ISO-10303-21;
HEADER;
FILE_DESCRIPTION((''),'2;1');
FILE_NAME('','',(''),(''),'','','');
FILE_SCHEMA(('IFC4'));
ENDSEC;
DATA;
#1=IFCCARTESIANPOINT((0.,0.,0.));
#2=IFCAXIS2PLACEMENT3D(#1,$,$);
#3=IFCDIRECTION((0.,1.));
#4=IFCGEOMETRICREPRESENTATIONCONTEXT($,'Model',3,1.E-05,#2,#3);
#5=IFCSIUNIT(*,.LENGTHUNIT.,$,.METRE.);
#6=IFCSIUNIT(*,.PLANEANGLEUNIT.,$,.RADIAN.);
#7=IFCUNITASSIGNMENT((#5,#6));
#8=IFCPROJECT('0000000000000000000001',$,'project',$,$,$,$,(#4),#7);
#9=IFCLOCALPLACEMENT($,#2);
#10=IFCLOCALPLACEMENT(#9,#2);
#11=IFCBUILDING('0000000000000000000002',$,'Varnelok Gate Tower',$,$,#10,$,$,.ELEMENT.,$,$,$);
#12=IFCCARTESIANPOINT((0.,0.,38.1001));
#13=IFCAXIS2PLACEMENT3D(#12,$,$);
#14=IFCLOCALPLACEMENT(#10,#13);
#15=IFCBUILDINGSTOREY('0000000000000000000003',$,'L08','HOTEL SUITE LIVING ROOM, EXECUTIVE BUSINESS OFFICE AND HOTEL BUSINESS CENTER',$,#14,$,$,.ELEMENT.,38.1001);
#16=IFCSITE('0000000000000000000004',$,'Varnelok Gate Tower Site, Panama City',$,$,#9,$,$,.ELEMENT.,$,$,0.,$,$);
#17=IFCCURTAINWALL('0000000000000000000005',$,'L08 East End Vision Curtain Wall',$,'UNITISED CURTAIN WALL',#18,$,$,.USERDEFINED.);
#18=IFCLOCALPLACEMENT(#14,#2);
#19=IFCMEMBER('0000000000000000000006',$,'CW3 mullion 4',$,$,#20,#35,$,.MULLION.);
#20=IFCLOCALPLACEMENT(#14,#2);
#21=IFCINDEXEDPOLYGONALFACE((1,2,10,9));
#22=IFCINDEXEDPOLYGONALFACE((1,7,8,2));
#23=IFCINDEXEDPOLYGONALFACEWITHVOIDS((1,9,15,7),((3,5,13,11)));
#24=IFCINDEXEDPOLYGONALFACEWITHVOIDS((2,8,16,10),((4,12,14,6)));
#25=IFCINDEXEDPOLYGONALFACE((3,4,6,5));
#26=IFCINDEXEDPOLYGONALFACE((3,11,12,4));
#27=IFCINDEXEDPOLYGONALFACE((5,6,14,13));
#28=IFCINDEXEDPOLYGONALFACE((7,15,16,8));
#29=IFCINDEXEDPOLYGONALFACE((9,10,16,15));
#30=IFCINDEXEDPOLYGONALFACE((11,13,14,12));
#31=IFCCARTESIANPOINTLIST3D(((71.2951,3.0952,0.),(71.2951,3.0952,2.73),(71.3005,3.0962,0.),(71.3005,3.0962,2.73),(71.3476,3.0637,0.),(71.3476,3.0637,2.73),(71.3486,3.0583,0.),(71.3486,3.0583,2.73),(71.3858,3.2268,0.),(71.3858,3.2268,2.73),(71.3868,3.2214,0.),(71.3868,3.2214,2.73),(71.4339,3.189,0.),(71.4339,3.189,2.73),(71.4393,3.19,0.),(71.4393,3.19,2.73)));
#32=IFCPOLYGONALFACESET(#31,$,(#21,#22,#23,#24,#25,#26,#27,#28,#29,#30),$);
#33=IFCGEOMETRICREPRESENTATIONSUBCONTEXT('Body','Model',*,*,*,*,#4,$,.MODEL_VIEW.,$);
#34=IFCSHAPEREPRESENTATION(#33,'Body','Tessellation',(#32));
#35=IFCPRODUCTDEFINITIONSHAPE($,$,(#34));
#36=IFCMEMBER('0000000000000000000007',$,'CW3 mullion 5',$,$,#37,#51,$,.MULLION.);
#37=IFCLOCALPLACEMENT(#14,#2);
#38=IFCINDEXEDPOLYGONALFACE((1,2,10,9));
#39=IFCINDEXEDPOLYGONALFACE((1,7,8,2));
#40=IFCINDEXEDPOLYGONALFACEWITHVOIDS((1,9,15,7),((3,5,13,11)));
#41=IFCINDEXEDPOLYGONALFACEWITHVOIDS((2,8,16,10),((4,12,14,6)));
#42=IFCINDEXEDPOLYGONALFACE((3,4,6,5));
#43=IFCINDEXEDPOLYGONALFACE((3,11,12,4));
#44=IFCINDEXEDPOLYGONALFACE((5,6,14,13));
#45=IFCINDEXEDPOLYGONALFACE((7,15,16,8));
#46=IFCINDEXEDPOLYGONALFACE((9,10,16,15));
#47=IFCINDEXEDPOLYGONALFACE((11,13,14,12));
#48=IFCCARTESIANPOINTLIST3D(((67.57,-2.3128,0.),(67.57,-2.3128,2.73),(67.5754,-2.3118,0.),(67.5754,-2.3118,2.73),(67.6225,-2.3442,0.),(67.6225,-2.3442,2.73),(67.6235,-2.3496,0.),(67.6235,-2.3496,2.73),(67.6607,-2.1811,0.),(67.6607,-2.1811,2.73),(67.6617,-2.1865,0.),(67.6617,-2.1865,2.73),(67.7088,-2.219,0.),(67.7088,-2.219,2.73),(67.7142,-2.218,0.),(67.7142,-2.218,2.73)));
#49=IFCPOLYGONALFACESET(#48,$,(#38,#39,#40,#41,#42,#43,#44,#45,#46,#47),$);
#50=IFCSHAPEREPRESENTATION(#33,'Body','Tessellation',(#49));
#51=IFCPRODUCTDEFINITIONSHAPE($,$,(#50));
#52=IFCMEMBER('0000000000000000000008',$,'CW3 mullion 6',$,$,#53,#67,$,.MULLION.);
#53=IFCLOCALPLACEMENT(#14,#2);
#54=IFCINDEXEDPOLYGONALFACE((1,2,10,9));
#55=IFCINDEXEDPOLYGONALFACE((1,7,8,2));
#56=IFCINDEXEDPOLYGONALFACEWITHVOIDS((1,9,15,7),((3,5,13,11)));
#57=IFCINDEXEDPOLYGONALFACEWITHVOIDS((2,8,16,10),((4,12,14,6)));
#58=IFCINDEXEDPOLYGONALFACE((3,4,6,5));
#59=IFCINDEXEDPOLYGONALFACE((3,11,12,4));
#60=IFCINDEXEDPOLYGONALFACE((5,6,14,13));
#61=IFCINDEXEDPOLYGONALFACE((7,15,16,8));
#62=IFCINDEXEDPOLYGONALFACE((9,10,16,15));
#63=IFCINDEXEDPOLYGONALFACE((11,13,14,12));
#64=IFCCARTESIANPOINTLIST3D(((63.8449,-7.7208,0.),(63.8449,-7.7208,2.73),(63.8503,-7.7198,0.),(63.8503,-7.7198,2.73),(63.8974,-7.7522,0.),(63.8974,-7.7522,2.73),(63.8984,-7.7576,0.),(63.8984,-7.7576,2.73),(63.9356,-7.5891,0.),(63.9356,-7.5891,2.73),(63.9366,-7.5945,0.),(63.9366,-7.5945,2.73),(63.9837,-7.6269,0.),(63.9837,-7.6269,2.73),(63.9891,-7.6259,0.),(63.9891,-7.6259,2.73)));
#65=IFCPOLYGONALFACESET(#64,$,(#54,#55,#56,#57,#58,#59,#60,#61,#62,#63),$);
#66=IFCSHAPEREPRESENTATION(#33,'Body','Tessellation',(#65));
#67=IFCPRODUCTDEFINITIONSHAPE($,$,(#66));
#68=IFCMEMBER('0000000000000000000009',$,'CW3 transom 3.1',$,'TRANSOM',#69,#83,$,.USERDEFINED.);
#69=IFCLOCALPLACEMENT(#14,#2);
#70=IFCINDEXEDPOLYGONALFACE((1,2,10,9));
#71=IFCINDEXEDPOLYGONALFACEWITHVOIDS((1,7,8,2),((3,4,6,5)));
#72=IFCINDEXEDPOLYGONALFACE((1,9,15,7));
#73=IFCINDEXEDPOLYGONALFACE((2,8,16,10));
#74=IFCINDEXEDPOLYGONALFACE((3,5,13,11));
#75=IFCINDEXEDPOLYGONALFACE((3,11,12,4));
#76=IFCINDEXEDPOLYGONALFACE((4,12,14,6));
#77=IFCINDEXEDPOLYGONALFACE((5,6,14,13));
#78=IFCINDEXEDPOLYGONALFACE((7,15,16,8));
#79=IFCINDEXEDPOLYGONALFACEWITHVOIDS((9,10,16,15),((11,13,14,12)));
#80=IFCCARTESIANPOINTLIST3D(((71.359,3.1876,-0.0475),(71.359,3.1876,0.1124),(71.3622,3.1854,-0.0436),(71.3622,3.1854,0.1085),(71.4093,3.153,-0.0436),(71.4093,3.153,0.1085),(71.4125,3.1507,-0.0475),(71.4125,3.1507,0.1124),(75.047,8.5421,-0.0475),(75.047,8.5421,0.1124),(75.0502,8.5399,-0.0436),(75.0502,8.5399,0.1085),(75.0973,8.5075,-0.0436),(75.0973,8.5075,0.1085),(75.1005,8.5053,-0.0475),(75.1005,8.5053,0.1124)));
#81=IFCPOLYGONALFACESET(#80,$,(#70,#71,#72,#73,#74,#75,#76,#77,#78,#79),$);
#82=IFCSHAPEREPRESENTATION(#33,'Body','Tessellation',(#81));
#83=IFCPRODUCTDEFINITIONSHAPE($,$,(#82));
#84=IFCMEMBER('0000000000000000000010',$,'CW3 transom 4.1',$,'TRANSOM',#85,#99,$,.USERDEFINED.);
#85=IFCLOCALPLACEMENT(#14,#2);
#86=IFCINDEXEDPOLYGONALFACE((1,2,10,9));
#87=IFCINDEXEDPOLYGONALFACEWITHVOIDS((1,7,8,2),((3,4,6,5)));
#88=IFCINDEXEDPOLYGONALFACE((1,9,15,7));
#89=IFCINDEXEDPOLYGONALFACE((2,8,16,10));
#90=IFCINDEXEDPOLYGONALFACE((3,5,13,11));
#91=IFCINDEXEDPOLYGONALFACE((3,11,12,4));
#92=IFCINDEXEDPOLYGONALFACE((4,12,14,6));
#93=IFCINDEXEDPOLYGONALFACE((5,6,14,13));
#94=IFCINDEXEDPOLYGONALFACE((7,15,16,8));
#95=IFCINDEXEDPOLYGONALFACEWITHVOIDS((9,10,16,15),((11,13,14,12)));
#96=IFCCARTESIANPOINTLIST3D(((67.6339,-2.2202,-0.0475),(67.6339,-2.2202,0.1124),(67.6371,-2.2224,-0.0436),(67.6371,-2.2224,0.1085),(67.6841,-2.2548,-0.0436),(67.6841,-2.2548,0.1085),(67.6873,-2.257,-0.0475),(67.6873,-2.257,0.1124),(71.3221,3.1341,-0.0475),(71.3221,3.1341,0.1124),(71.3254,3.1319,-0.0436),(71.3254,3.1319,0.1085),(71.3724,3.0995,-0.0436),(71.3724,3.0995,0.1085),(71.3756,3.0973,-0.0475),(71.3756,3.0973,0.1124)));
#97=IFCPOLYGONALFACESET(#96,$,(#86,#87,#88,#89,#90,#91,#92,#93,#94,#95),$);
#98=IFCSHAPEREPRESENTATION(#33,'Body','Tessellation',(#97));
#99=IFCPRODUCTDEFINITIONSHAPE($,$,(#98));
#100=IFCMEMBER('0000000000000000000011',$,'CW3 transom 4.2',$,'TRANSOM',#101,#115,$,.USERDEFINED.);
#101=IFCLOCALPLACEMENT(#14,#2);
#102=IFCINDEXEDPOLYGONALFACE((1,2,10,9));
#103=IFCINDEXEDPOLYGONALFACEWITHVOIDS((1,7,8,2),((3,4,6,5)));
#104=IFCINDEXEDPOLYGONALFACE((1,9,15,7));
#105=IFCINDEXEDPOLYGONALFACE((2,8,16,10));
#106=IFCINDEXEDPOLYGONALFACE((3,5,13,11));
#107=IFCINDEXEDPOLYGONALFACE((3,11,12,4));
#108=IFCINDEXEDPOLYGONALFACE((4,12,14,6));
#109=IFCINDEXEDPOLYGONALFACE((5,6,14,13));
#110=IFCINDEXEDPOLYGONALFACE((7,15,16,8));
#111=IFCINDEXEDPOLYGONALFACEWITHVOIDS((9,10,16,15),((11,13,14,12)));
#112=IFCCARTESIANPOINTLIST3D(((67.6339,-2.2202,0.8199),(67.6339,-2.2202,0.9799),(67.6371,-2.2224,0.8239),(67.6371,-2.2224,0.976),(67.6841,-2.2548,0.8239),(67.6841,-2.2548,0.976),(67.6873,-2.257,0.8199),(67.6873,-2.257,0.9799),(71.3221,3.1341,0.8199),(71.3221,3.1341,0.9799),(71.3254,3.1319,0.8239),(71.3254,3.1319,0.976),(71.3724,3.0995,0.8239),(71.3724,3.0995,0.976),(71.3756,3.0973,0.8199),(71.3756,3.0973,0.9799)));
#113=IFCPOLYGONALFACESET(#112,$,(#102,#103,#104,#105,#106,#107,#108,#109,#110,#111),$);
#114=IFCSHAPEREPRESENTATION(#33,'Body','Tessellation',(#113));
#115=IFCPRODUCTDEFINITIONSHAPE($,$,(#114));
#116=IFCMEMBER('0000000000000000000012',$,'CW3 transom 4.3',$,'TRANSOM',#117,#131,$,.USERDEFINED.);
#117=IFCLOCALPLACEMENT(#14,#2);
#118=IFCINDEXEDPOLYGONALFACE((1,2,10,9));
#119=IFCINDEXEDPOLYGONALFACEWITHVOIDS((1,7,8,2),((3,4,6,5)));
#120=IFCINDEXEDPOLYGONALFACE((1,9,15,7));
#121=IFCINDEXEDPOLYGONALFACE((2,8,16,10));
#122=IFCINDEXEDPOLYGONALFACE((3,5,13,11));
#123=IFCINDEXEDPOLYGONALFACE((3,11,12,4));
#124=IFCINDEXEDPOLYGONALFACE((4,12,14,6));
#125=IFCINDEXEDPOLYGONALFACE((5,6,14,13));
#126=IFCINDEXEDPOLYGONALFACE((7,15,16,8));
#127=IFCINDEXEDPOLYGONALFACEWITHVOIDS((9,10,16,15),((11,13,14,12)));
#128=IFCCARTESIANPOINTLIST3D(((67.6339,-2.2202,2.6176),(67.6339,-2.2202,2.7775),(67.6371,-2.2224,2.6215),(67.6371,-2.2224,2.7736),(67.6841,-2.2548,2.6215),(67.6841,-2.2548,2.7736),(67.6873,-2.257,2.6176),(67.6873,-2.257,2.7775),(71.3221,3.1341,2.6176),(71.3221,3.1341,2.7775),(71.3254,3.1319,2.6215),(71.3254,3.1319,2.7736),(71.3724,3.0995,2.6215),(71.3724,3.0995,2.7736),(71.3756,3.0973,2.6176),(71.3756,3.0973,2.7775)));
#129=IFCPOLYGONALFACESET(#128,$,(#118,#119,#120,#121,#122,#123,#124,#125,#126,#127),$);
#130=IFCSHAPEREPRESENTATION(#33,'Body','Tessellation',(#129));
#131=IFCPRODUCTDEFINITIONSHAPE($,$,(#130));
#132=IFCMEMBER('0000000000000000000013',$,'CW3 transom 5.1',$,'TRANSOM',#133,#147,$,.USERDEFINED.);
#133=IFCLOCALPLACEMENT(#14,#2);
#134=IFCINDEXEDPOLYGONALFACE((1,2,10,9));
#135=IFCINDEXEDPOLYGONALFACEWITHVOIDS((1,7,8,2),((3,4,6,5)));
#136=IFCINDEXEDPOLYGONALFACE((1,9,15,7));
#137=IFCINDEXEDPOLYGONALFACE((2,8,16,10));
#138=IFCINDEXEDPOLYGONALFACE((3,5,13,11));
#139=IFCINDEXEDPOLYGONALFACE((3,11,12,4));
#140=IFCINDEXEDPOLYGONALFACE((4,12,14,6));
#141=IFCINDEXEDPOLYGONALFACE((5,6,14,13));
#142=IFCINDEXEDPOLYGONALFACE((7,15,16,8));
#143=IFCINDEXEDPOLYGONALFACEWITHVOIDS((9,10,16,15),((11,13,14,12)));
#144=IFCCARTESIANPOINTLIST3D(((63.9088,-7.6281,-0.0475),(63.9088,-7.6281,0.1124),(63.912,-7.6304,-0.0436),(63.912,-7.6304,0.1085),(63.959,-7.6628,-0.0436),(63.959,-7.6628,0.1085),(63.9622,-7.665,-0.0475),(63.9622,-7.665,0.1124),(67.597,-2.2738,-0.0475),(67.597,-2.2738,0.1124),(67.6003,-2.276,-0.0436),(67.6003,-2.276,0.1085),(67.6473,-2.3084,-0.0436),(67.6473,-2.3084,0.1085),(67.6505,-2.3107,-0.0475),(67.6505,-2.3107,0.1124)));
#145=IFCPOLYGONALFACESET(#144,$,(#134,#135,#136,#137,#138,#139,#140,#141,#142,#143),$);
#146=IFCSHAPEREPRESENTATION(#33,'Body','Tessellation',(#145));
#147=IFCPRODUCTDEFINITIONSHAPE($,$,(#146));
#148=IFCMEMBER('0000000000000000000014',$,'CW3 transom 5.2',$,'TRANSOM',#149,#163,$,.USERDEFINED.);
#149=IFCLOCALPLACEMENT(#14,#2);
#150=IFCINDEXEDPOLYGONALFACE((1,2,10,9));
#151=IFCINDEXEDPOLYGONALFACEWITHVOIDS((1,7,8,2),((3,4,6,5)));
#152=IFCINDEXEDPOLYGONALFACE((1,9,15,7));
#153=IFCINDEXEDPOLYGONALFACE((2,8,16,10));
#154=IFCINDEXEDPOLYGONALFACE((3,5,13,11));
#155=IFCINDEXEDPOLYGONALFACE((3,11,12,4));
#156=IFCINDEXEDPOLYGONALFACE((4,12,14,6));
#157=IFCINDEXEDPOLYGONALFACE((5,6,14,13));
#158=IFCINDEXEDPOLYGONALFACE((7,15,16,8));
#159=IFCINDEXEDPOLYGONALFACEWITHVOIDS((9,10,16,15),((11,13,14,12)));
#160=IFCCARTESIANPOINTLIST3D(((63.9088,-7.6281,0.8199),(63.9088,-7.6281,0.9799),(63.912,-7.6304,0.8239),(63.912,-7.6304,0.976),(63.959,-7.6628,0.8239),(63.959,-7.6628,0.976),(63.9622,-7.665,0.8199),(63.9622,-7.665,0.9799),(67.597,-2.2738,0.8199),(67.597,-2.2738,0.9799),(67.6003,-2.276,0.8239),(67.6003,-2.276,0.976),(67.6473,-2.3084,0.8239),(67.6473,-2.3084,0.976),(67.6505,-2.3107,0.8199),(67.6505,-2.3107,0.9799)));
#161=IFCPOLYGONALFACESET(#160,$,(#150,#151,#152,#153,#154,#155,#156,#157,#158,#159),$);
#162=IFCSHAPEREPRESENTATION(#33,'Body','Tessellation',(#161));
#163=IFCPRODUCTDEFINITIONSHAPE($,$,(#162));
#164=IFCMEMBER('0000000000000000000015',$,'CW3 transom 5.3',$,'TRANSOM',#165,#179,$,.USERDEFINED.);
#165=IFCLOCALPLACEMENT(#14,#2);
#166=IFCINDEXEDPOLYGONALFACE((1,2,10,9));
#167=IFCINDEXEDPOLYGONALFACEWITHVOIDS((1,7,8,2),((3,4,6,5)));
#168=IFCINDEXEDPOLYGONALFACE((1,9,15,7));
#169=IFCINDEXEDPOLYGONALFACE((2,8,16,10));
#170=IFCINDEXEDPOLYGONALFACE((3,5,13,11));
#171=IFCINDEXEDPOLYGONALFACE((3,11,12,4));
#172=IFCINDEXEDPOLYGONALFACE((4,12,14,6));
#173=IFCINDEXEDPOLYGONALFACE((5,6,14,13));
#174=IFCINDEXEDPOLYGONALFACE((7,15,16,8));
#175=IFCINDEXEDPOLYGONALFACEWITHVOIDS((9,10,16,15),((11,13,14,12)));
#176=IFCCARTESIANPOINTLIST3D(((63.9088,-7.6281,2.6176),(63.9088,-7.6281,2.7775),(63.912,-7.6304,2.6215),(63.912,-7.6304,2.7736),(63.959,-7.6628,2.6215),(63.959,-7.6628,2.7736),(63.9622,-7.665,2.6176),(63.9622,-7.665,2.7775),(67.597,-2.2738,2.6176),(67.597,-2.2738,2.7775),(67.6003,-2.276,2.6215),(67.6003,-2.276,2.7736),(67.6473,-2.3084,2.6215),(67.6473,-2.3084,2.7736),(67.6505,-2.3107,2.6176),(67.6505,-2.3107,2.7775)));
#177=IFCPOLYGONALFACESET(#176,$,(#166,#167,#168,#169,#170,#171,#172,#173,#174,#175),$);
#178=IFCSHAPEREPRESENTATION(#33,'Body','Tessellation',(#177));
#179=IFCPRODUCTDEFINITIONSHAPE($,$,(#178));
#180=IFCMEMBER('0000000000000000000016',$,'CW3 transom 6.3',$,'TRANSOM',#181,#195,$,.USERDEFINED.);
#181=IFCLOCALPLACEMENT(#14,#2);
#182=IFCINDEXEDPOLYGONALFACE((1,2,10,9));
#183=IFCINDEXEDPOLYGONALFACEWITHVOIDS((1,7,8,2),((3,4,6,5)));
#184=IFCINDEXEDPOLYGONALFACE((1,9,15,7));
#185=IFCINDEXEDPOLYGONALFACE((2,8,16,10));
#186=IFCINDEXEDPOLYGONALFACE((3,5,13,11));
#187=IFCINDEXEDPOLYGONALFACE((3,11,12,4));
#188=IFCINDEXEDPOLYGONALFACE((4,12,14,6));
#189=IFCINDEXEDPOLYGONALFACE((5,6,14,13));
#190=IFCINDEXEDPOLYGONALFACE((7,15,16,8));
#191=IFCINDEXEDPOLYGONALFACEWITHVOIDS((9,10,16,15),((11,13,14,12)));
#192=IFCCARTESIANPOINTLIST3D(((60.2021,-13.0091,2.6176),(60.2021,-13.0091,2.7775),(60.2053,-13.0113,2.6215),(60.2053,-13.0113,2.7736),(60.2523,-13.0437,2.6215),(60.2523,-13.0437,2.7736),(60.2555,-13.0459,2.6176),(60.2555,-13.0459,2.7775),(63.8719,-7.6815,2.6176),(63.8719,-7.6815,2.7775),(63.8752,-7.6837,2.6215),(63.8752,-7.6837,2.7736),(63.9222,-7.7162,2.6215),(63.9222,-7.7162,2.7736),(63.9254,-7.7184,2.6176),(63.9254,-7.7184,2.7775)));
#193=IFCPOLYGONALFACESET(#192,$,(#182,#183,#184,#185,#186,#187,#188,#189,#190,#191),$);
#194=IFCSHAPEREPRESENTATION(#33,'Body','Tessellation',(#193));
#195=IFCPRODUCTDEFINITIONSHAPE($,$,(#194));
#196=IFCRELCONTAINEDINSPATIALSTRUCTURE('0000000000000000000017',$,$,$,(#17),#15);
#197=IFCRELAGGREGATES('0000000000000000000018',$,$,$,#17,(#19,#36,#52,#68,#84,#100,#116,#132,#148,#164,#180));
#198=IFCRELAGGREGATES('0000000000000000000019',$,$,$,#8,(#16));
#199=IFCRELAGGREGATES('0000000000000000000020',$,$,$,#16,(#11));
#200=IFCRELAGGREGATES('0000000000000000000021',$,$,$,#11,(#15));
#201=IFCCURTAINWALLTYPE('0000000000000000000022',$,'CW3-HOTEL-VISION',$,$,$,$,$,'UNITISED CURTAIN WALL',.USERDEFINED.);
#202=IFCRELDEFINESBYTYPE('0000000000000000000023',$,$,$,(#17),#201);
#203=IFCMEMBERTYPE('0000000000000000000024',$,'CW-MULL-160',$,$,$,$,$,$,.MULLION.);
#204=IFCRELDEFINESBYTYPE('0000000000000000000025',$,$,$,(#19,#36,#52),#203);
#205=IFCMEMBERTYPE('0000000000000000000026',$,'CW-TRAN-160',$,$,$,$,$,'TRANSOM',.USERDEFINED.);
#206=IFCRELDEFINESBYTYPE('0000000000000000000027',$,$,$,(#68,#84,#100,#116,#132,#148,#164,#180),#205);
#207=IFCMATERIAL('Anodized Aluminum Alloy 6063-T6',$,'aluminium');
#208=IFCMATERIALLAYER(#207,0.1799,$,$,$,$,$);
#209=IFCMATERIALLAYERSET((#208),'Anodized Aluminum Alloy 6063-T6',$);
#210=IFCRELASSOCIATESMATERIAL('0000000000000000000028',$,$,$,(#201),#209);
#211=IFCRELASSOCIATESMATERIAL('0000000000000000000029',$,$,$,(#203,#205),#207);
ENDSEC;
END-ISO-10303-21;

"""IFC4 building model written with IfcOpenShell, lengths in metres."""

from ifc_helpers import new_model, si_unit, direction, frame, origin, origin_2d, place, context, subcontext, project, spatial, hollow_rectangle, extrude, material, layer, layer_set, material_profile, profile_set, type_object, element, aggregate, save


model = new_model("IFC4")

# Units and contexts
model_context = context("Model", 3, precision=1e-05, world=origin(), true_north=direction((0.0, 1.0)))
body_context = subcontext(model_context, "Body", "Model", "MODEL_VIEW")
ifc_project = project(units=[si_unit("LENGTHUNIT", "METRE"), si_unit("PLANEANGLEUNIT", "RADIAN")], contexts=[model_context])

# Site, building, storey
site_placement = place(None, origin())
site = spatial("IfcSite", under=ifc_project, at=site_placement, Name="Varnelok Gate Tower Site, Panama City", CompositionType="ELEMENT", RefElevation=0.0)
building_placement = place(site_placement, origin())
building = spatial("IfcBuilding", under=site, at=building_placement, Name="Varnelok Gate Tower", CompositionType="ELEMENT")
storey_placement = place(building_placement, frame((0.0, 0.0, 38.1001)))
storey = spatial("IfcBuildingStorey", under=building, at=storey_placement, Name="L08", Description="HOTEL SUITE LIVING ROOM, EXECUTIVE BUSINESS OFFICE AND HOTEL BUSINESS CENTER", CompositionType="ELEMENT", Elevation=38.1001)

# Curtain wall, members
ifc_material_1 = material(Name="Anodized Aluminum Alloy 6063-T6", Category="aluminium")
ifc_layer_1 = layer(ifc_material_1, 0.1799)
ifc_layer_set_1 = layer_set([ifc_layer_1], Name="Anodized Aluminum Alloy 6063-T6")
curtain_wall_type = type_object("IfcCurtainWallType", Name="CW3-HOTEL-VISION", ElementType="UNITISED CURTAIN WALL", PredefinedType="USERDEFINED", material=ifc_layer_set_1)
curtain_wall_placement = place(storey_placement, origin())
curtain_wall = element("IfcCurtainWall", 1, at=curtain_wall_placement, inside=storey, type_object=curtain_wall_type, Name="L08 East End Vision Curtain Wall", ObjectType="UNITISED CURTAIN WALL", PredefinedType="USERDEFINED")
ifc_material_profile_1 = material_profile(ifc_material_1, hollow_rectangle(XDim=0.0649, YDim=0.1599, WallThickness=0.0039, at=origin_2d()), Name="ALU160X65X4")
ifc_profile_set_1 = profile_set([ifc_material_profile_1], Name="Anodized Aluminum Alloy 6063-T6")
member_type_1 = type_object("IfcMemberType", Name="CW-MULL-160", PredefinedType="MULLION", material=ifc_profile_set_1)
member_1_placement = place(storey_placement, frame((71.3672, 3.1426, 0.0), z_axis=(0.0, 0.0, 1.0), x_axis=(0.823533, -0.567269, 0.0)))
member_1 = element("IfcMember", 2, at=member_1_placement, type_object=member_type_1, Name="CW3 mullion 4", PredefinedType="MULLION", context=body_context, shape_type="SweptSolid", body=[
    extrude(hollow_rectangle(XDim=0.0649, YDim=0.1599, WallThickness=0.0039, at=origin_2d()), origin(), (0.0, 0.0, 1.0), 2.73),
])
member_2_placement = place(storey_placement, frame((67.6421, -2.2654, 0.0), z_axis=(0.0, 0.0, 1.0), x_axis=(0.823533, -0.567269, 0.0)))
member_2 = element("IfcMember", 3, at=member_2_placement, type_object=member_type_1, Name="CW3 mullion 5", PredefinedType="MULLION", context=body_context, shape_type="SweptSolid", body=[
    extrude(hollow_rectangle(XDim=0.0649, YDim=0.1599, WallThickness=0.0039, at=origin_2d()), origin(), (0.0, 0.0, 1.0), 2.73),
])
member_3_placement = place(storey_placement, frame((63.917, -7.6733, 0.0), z_axis=(0.0, 0.0, 1.0), x_axis=(0.823533, -0.567269, 0.0)))
member_3 = element("IfcMember", 4, at=member_3_placement, type_object=member_type_1, Name="CW3 mullion 6", PredefinedType="MULLION", context=body_context, shape_type="SweptSolid", body=[
    extrude(hollow_rectangle(XDim=0.0649, YDim=0.1599, WallThickness=0.0039, at=origin_2d()), origin(), (0.0, 0.0, 1.0), 2.73),
])
ifc_material_profile_2 = material_profile(ifc_material_1, hollow_rectangle(XDim=0.0649, YDim=0.1599, WallThickness=0.0039, at=origin_2d()), Name="ALU160X65X4")
ifc_profile_set_2 = profile_set([ifc_material_profile_2], Name="Anodized Aluminum Alloy 6063-T6")
member_type_2 = type_object("IfcMemberType", Name="CW-TRAN-160", ElementType="TRANSOM", PredefinedType="USERDEFINED", material=ifc_profile_set_2)
member_4_placement = place(storey_placement, frame((75.0737, 8.5237, 0.0325), z_axis=(-0.567236, -0.823555, 0.0), x_axis=(0.823555, -0.567236, 0.0)))
member_4 = element("IfcMember", 5, at=member_4_placement, type_object=member_type_2, Name="CW3 transom 3.1", ObjectType="TRANSOM", PredefinedType="USERDEFINED", context=body_context, shape_type="SweptSolid", body=[
    extrude(hollow_rectangle(XDim=0.0649, YDim=0.1599, WallThickness=0.0039, at=origin_2d()), origin(), (0.0, 0.0, 1.0), 6.5017),
])
member_5_placement = place(storey_placement, frame((71.3489, 3.1157, 0.0325), z_axis=(-0.567279, -0.823526, 0.0), x_axis=(0.823526, -0.567279, 0.0)))
member_5 = element("IfcMember", 6, at=member_5_placement, type_object=member_type_2, Name="CW3 transom 4.1", ObjectType="TRANSOM", PredefinedType="USERDEFINED", context=body_context, shape_type="SweptSolid", body=[
    extrude(hollow_rectangle(XDim=0.0649, YDim=0.1599, WallThickness=0.0039, at=origin_2d()), origin(), (0.0, 0.0, 1.0), 6.5017),
])
member_6_placement = place(storey_placement, frame((71.3489, 3.1157, 0.8999), z_axis=(-0.567279, -0.823526, 0.0), x_axis=(0.823526, -0.567279, 0.0)))
member_6 = element("IfcMember", 7, at=member_6_placement, type_object=member_type_2, Name="CW3 transom 4.2", ObjectType="TRANSOM", PredefinedType="USERDEFINED", context=body_context, shape_type="SweptSolid", body=[
    extrude(hollow_rectangle(XDim=0.0649, YDim=0.1599, WallThickness=0.0039, at=origin_2d()), origin(), (0.0, 0.0, 1.0), 6.5017),
])
member_7_placement = place(storey_placement, frame((71.3489, 3.1157, 2.6975), z_axis=(-0.567279, -0.823526, 0.0), x_axis=(0.823526, -0.567279, 0.0)))
member_7 = element("IfcMember", 8, at=member_7_placement, type_object=member_type_2, Name="CW3 transom 4.3", ObjectType="TRANSOM", PredefinedType="USERDEFINED", context=body_context, shape_type="SweptSolid", body=[
    extrude(hollow_rectangle(XDim=0.0649, YDim=0.1599, WallThickness=0.0039, at=origin_2d()), origin(), (0.0, 0.0, 1.0), 6.5017),
])
member_8_placement = place(storey_placement, frame((67.6238, -2.2922, 0.0325), z_axis=(-0.567279, -0.823526, 0.0), x_axis=(0.823526, -0.567279, 0.0)))
member_8 = element("IfcMember", 9, at=member_8_placement, type_object=member_type_2, Name="CW3 transom 5.1", ObjectType="TRANSOM", PredefinedType="USERDEFINED", context=body_context, shape_type="SweptSolid", body=[
    extrude(hollow_rectangle(XDim=0.0649, YDim=0.1599, WallThickness=0.0039, at=origin_2d()), origin(), (0.0, 0.0, 1.0), 6.5017),
])
member_9_placement = place(storey_placement, frame((67.6238, -2.2922, 0.8999), z_axis=(-0.567279, -0.823526, 0.0), x_axis=(0.823526, -0.567279, 0.0)))
member_9 = element("IfcMember", 10, at=member_9_placement, type_object=member_type_2, Name="CW3 transom 5.2", ObjectType="TRANSOM", PredefinedType="USERDEFINED", context=body_context, shape_type="SweptSolid", body=[
    extrude(hollow_rectangle(XDim=0.0649, YDim=0.1599, WallThickness=0.0039, at=origin_2d()), origin(), (0.0, 0.0, 1.0), 6.5017),
])
member_10_placement = place(storey_placement, frame((67.6238, -2.2922, 2.6975), z_axis=(-0.567279, -0.823526, 0.0), x_axis=(0.823526, -0.567279, 0.0)))
member_10 = element("IfcMember", 11, at=member_10_placement, type_object=member_type_2, Name="CW3 transom 5.3", ObjectType="TRANSOM", PredefinedType="USERDEFINED", context=body_context, shape_type="SweptSolid", body=[
    extrude(hollow_rectangle(XDim=0.0649, YDim=0.1599, WallThickness=0.0039, at=origin_2d()), origin(), (0.0, 0.0, 1.0), 6.5017),
])
member_11_placement = place(storey_placement, frame((63.8987, -7.7, 2.6975), z_axis=(-0.567281, -0.823524, 0.0), x_axis=(0.823524, -0.567281, 0.0)))
member_11 = element("IfcMember", 12, at=member_11_placement, type_object=member_type_2, Name="CW3 transom 6.3", ObjectType="TRANSOM", PredefinedType="USERDEFINED", context=body_context, shape_type="SweptSolid", body=[
    extrude(hollow_rectangle(XDim=0.0649, YDim=0.1599, WallThickness=0.0039, at=origin_2d()), origin(), (0.0, 0.0, 1.0), 6.4692),
])
aggregate(curtain_wall, [member_1, member_2, member_3, member_4, member_5, member_6, member_7, member_8, member_9, member_10, member_11])

save(model, "model.ifc")
